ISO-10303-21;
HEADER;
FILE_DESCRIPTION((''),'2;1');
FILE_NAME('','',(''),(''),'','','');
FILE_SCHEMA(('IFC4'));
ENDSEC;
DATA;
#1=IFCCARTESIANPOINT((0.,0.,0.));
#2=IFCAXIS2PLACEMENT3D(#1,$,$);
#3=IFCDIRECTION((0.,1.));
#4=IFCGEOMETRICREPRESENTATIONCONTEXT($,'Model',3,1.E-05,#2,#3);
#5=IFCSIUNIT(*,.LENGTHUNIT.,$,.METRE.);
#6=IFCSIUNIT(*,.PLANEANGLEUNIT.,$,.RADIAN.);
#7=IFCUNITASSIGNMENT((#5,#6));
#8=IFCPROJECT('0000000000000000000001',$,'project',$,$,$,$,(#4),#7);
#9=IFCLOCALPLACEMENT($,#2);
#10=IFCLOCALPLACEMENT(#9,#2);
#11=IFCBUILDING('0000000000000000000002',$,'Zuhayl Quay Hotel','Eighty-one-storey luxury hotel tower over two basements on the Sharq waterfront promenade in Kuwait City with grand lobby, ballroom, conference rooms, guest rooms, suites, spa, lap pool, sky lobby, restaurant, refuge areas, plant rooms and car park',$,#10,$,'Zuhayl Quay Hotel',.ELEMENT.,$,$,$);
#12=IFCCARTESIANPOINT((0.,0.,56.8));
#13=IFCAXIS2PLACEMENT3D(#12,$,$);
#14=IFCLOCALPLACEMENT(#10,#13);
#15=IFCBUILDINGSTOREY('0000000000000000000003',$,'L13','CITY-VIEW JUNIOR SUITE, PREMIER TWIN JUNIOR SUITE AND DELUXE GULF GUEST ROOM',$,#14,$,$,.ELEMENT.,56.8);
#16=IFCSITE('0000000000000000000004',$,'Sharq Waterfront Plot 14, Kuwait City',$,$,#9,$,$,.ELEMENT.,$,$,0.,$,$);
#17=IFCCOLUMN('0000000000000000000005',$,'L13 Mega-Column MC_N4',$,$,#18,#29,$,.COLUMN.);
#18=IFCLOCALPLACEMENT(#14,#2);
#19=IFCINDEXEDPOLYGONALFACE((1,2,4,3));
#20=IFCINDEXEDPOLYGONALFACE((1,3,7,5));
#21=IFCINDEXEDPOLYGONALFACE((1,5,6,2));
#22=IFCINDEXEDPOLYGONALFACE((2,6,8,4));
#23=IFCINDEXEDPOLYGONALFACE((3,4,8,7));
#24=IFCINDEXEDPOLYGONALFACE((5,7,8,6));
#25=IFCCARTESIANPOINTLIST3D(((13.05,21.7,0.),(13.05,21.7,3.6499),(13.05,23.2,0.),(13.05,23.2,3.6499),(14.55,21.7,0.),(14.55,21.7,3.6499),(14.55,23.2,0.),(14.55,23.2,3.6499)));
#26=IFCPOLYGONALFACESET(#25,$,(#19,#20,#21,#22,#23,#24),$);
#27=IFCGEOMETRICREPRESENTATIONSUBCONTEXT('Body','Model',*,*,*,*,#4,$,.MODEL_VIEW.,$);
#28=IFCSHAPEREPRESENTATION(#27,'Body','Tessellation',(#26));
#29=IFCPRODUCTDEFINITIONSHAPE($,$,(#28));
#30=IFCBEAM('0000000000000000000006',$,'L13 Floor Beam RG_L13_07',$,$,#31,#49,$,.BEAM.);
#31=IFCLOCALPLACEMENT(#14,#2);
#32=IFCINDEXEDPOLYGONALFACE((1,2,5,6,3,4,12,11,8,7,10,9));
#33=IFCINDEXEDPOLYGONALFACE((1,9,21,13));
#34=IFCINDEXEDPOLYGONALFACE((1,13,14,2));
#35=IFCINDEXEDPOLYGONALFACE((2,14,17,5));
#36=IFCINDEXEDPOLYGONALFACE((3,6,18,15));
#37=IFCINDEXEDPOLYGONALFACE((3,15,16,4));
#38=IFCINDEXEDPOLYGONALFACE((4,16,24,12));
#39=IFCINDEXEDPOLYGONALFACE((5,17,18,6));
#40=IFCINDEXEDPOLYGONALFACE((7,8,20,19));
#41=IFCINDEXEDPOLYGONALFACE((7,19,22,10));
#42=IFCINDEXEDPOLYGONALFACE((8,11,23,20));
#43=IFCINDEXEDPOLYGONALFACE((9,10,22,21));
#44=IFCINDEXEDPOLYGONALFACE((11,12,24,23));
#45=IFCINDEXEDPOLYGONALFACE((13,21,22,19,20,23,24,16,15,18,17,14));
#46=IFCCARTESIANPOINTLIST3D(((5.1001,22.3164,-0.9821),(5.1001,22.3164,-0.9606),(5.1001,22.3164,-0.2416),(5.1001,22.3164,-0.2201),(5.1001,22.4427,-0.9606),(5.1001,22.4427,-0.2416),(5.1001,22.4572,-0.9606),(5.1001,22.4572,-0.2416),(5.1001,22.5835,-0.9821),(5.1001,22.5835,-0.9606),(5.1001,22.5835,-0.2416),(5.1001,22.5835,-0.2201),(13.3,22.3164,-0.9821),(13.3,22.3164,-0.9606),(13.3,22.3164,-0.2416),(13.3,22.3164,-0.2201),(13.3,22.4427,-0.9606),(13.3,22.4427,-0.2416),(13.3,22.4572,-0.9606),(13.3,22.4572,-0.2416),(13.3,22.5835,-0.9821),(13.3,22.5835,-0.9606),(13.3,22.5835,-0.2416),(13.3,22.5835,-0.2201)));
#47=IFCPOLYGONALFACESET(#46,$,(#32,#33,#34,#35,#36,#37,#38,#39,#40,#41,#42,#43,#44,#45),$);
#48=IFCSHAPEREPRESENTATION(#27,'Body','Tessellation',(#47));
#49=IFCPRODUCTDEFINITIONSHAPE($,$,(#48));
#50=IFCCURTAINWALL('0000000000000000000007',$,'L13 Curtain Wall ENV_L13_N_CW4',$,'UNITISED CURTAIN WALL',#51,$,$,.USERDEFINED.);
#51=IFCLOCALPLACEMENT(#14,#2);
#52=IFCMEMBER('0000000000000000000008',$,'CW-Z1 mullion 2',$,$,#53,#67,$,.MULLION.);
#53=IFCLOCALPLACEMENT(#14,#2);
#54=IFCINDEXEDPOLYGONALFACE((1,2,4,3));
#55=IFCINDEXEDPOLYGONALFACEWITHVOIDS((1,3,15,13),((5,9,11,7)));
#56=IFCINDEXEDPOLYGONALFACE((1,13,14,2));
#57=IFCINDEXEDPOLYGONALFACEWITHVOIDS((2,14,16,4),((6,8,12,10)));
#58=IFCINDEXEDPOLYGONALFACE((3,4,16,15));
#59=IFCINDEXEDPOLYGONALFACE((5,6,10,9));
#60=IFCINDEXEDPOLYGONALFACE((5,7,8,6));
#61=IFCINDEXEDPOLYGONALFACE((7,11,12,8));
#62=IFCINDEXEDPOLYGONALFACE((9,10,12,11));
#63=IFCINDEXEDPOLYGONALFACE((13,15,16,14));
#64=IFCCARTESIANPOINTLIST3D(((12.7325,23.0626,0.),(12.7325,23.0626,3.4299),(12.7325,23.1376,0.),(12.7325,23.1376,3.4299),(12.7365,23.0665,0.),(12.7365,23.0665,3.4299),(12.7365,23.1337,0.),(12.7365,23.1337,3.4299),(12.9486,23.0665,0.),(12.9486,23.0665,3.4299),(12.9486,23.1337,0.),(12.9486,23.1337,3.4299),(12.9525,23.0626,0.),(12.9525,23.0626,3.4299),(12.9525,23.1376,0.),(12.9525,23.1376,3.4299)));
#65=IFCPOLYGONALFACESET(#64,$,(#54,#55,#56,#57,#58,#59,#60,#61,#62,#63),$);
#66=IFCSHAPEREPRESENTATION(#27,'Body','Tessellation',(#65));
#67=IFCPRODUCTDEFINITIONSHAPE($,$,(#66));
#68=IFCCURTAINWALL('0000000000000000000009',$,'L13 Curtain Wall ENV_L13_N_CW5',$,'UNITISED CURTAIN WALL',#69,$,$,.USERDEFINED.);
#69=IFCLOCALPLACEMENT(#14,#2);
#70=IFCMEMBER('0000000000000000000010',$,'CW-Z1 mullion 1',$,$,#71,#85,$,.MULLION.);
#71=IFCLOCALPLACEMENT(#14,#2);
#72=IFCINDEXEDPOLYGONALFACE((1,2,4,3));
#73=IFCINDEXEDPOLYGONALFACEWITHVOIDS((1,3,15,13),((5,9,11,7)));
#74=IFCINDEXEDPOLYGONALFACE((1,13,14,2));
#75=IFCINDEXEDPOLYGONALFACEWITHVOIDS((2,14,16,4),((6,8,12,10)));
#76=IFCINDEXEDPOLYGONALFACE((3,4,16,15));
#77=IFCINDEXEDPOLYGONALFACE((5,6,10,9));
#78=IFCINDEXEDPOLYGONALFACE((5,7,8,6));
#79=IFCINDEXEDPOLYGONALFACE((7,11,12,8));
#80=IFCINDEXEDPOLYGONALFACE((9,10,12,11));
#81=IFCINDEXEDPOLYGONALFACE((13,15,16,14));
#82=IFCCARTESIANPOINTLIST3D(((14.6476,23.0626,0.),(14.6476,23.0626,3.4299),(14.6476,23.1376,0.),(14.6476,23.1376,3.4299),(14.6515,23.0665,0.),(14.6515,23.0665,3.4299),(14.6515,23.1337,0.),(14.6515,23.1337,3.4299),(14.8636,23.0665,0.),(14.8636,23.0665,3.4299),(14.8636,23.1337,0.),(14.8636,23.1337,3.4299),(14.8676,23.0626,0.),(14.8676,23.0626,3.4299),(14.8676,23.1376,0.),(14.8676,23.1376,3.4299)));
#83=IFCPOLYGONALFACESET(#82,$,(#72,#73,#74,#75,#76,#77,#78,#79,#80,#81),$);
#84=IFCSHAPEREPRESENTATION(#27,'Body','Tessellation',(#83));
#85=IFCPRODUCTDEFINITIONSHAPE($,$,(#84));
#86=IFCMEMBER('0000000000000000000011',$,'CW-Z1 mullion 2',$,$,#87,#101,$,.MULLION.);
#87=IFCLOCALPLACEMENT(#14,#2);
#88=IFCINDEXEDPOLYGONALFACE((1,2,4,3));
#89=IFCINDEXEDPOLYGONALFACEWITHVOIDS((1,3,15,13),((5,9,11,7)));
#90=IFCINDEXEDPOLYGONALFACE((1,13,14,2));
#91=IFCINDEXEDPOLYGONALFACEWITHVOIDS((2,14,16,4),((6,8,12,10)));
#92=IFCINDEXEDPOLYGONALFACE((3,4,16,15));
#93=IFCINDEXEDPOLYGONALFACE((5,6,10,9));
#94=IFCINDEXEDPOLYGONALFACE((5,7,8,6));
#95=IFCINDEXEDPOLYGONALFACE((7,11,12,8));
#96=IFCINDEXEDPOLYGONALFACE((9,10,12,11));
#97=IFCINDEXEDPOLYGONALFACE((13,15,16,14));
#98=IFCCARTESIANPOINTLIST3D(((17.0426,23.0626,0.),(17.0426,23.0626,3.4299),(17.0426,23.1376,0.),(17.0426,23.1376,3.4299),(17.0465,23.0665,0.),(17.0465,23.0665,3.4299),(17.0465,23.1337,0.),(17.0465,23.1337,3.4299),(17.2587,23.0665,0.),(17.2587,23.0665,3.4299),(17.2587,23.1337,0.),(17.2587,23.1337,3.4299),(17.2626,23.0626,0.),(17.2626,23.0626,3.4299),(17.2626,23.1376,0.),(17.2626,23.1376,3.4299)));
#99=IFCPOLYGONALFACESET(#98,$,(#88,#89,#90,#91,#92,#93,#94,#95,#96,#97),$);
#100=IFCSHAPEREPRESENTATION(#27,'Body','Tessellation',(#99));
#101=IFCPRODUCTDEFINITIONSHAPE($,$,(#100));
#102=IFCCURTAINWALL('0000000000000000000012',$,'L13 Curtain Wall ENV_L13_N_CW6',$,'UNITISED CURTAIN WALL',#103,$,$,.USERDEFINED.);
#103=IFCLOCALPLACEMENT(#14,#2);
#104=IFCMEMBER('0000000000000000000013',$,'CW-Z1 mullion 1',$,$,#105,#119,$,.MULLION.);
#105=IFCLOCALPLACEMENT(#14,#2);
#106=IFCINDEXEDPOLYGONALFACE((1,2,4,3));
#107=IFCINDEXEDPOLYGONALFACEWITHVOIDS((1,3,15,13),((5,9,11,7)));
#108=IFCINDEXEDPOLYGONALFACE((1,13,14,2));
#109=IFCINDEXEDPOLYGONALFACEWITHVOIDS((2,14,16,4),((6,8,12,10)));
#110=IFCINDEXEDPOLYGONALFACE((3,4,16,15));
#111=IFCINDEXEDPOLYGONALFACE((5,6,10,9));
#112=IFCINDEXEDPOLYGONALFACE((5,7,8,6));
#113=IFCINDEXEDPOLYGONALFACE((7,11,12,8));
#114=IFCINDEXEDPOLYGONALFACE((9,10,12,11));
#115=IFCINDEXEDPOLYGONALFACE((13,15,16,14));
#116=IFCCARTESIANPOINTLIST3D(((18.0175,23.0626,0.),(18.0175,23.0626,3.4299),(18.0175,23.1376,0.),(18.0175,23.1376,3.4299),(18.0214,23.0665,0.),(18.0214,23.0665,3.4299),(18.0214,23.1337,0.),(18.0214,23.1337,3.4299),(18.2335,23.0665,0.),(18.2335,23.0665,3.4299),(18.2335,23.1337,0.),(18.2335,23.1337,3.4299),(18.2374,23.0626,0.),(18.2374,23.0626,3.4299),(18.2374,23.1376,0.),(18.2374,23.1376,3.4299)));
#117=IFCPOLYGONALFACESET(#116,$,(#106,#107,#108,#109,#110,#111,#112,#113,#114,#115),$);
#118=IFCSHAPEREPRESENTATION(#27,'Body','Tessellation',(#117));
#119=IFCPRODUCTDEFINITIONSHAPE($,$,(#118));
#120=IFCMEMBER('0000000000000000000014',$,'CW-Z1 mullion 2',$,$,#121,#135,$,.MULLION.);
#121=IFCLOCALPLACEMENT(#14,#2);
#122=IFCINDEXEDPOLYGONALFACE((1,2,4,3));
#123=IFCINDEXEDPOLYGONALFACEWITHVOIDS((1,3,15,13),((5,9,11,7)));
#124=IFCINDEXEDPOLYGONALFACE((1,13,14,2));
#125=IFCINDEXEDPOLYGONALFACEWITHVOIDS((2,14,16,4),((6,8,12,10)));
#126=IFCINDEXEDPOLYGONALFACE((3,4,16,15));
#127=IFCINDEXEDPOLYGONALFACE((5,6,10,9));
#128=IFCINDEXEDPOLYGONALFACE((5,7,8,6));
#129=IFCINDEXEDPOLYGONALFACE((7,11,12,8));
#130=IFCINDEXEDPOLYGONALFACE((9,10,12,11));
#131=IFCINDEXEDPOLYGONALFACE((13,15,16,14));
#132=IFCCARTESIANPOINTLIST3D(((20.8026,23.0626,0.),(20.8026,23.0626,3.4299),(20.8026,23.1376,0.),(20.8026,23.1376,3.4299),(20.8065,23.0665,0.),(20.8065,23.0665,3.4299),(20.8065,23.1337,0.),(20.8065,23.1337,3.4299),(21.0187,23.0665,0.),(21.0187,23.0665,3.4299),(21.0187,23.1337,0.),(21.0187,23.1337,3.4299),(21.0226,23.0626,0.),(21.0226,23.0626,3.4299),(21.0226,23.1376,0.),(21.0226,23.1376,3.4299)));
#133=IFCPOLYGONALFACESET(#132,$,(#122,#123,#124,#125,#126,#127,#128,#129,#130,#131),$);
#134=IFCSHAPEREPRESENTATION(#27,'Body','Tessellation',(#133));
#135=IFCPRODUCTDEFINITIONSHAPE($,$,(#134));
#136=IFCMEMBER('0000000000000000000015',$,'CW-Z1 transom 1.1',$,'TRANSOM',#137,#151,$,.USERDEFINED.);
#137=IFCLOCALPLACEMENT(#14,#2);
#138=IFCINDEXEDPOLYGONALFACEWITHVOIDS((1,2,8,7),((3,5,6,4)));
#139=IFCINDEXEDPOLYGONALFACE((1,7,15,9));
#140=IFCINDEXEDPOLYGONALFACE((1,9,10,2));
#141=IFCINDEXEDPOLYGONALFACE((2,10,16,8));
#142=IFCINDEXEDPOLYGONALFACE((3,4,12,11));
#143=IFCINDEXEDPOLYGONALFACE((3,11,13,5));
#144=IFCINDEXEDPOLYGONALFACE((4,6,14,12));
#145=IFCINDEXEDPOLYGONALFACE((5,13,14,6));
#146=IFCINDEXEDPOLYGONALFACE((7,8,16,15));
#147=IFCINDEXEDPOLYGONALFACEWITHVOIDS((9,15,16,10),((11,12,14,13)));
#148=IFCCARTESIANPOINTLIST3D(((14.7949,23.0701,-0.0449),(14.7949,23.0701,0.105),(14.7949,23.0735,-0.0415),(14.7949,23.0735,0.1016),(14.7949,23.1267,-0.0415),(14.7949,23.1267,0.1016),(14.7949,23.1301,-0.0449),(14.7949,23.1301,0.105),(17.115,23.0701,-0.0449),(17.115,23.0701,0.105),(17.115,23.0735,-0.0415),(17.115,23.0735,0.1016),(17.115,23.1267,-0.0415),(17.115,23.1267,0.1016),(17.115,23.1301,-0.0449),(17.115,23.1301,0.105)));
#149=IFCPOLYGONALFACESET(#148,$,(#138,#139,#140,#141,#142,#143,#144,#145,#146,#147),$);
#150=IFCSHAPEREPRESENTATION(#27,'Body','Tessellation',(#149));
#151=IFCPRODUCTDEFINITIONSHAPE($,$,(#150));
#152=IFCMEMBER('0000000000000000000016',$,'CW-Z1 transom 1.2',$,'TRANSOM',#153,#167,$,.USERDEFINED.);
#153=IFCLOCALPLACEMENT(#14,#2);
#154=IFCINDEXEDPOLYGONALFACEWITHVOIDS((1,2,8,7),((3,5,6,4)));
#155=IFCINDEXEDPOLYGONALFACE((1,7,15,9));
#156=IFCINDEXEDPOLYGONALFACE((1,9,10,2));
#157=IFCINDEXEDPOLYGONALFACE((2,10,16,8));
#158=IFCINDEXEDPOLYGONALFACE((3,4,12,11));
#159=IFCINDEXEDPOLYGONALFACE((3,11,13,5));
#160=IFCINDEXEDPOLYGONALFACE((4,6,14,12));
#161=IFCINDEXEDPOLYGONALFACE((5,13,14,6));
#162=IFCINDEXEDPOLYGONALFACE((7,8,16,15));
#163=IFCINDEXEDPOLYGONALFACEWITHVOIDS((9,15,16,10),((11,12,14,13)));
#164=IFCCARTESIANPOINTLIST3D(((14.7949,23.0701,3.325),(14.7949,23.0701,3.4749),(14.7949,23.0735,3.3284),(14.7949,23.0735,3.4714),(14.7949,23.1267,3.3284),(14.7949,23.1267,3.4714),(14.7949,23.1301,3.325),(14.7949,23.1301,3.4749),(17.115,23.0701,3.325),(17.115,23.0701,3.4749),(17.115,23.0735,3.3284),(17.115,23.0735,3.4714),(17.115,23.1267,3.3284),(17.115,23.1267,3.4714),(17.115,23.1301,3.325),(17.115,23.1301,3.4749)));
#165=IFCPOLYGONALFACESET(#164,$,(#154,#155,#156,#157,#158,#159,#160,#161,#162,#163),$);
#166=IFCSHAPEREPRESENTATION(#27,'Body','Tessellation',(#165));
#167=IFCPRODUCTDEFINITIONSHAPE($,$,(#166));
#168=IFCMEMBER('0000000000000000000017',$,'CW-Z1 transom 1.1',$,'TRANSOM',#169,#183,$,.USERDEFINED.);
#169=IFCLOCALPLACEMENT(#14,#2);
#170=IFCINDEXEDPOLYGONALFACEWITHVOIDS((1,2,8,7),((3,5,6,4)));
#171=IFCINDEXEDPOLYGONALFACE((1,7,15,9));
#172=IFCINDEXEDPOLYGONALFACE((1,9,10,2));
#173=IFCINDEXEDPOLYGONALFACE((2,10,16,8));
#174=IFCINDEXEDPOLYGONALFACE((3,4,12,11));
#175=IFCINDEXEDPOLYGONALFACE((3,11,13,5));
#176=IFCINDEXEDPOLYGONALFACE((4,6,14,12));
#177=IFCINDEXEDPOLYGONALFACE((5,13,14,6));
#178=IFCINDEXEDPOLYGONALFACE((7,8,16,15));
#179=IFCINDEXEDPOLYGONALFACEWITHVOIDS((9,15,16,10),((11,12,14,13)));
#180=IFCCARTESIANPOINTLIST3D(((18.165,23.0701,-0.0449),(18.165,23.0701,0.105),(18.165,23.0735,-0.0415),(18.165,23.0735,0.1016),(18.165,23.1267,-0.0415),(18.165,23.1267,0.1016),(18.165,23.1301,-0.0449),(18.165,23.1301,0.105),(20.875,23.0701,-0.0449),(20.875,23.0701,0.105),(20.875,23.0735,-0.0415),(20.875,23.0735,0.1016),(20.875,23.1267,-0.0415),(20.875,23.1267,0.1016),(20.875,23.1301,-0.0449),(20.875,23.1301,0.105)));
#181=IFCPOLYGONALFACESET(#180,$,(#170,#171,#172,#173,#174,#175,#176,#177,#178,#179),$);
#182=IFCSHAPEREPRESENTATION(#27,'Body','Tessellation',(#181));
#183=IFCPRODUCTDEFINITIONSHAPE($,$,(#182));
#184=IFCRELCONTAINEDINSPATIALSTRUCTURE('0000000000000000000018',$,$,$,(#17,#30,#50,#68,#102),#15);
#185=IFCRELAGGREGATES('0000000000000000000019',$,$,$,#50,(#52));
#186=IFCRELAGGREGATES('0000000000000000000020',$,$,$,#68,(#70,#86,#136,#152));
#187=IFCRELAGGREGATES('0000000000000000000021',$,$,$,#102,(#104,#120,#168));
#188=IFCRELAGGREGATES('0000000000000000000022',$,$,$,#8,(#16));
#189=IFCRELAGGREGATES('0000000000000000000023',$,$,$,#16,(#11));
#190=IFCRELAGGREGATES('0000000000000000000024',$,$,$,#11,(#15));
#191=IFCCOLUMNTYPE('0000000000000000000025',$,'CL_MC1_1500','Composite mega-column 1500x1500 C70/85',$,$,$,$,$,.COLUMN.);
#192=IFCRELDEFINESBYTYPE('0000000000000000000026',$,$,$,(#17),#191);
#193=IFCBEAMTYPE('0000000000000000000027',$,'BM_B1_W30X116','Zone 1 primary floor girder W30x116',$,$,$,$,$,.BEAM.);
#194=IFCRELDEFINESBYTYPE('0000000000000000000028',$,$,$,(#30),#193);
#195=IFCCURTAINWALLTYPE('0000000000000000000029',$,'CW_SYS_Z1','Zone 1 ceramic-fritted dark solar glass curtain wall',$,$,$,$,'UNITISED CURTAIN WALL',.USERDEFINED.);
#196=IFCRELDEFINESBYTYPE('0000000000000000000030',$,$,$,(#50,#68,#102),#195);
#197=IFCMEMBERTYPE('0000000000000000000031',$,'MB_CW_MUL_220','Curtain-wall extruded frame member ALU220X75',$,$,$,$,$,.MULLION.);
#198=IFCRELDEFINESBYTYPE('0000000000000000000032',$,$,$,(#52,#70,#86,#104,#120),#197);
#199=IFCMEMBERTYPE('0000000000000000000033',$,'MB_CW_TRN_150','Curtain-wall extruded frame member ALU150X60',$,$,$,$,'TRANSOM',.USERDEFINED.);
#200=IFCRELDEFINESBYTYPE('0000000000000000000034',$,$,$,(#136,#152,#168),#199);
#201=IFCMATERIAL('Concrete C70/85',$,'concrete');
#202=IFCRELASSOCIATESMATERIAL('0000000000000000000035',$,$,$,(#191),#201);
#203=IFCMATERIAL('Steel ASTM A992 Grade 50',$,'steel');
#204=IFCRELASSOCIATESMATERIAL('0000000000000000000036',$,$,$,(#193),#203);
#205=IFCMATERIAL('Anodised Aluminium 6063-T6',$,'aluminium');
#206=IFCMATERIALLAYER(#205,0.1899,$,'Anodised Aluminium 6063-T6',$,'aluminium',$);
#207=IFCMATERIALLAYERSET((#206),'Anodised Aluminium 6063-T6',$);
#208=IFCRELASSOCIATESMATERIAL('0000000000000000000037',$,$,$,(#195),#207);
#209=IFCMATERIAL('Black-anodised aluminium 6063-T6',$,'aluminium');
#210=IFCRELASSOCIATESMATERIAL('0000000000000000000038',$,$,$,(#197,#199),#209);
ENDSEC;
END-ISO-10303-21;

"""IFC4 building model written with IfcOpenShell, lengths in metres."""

from ifc_helpers import new_model, si_unit, direction, frame, origin, origin_2d, place, context, subcontext, project, spatial, rectangle, hollow_rectangle, i_section, extrude, material, layer, layer_set, material_profile, profile_set, type_object, element, aggregate, save


model = new_model("IFC4")

# Units and contexts
model_context = context("Model", 3, precision=1e-05, world=origin(), true_north=direction((0.0, 1.0)))
body_context = subcontext(model_context, "Body", "Model", "MODEL_VIEW")
ifc_project = project(units=[si_unit("LENGTHUNIT", "METRE"), si_unit("PLANEANGLEUNIT", "RADIAN")], contexts=[model_context])

# Site, building, storey
site_placement = place(None, origin())
site = spatial("IfcSite", under=ifc_project, at=site_placement, Name="Sharq Waterfront Plot 14, Kuwait City", CompositionType="ELEMENT", RefElevation=0.0)
building_placement = place(site_placement, origin())
building = spatial("IfcBuilding", under=site, at=building_placement, Name="Zuhayl Quay Hotel", Description="Eighty-one-storey luxury hotel tower over two basements on the Sharq waterfront promenade in Kuwait City with grand lobby, ballroom, conference rooms, guest rooms, suites, spa, lap pool, sky lobby, restaurant, refuge areas, plant rooms and car park", LongName="Zuhayl Quay Hotel", CompositionType="ELEMENT")
storey_placement = place(building_placement, frame((0.0, 0.0, 56.8)))
storey = spatial("IfcBuildingStorey", under=building, at=storey_placement, Name="L13", Description="CITY-VIEW JUNIOR SUITE, PREMIER TWIN JUNIOR SUITE AND DELUXE GULF GUEST ROOM", CompositionType="ELEMENT", Elevation=56.8)

# Column
ifc_material_1 = material(Name="Concrete C70/85", Category="concrete")
ifc_material_profile_1 = material_profile(ifc_material_1, rectangle(XDim=1.5, YDim=1.5, at=origin_2d()), Name="RC1500X1500")
ifc_profile_set_1 = profile_set([ifc_material_profile_1], Name="Concrete C70/85")
column_type = type_object("IfcColumnType", Name="CL_MC1_1500", Description="Composite mega-column 1500x1500 C70/85", PredefinedType="COLUMN", material=ifc_profile_set_1)
column_placement = place(storey_placement, frame((13.8, 22.45, 0.0), z_axis=(0.0, 0.0, 1.0), x_axis=(1.0, 0.0, 0.0)))
element("IfcColumn", 1, at=column_placement, inside=storey, type_object=column_type, Name="L13 Mega-Column MC_N4", PredefinedType="COLUMN", context=body_context, shape_type="SweptSolid", body=[
    extrude(rectangle(XDim=1.5, YDim=1.5, at=origin_2d()), origin(), (0.0, 0.0, 1.0), 3.6499),
])

# Beam
ifc_material_2 = material(Name="Steel ASTM A992 Grade 50", Category="steel")
ifc_material_profile_2 = material_profile(ifc_material_2, i_section(OverallWidth=0.2671, OverallDepth=0.762, WebThickness=0.0144, FlangeThickness=0.0215, at=origin_2d()), Name="W30X116")
ifc_profile_set_2 = profile_set([ifc_material_profile_2], Name="Steel ASTM A992 Grade 50")
beam_type = type_object("IfcBeamType", Name="BM_B1_W30X116", Description="Zone 1 primary floor girder W30x116", PredefinedType="BEAM", material=ifc_profile_set_2)
beam_placement = place(storey_placement, frame((13.3, 22.45, -0.6011), z_axis=(-1.0, 0.0, 0.0), x_axis=(0.0, -1.0, 0.0)))
element("IfcBeam", 2, at=beam_placement, inside=storey, type_object=beam_type, Name="L13 Floor Beam RG_L13_07", PredefinedType="BEAM", context=body_context, shape_type="SweptSolid", body=[
    extrude(i_section(OverallWidth=0.2671, OverallDepth=0.762, WebThickness=0.0144, FlangeThickness=0.0215, at=origin_2d()), origin(), (0.0, 0.0, 1.0), 8.2),
])

# Curtain wall, member
ifc_material_3 = material(Name="Anodised Aluminium 6063-T6", Category="aluminium")
ifc_layer_1 = layer(ifc_material_3, 0.1899, Name="Anodised Aluminium 6063-T6", Category="aluminium")
ifc_layer_set_1 = layer_set([ifc_layer_1], Name="Anodised Aluminium 6063-T6")
curtain_wall_type = type_object("IfcCurtainWallType", Name="CW_SYS_Z1", Description="Zone 1 ceramic-fritted dark solar glass curtain wall", ElementType="UNITISED CURTAIN WALL", PredefinedType="USERDEFINED", material=ifc_layer_set_1)
curtain_wall_1_placement = place(storey_placement, origin())
curtain_wall_1 = element("IfcCurtainWall", 3, at=curtain_wall_1_placement, inside=storey, type_object=curtain_wall_type, Name="L13 Curtain Wall ENV_L13_N_CW4", ObjectType="UNITISED CURTAIN WALL", PredefinedType="USERDEFINED")
ifc_material_4 = material(Name="Black-anodised aluminium 6063-T6", Category="aluminium")
ifc_material_profile_3 = material_profile(ifc_material_4, hollow_rectangle(XDim=0.075, YDim=0.22, WallThickness=0.0039, at=origin_2d()), Name="ALU220X75")
ifc_profile_set_3 = profile_set([ifc_material_profile_3], Name="Black-anodised aluminium 6063-T6")
member_type_1 = type_object("IfcMemberType", Name="MB_CW_MUL_220", Description="Curtain-wall extruded frame member ALU220X75", PredefinedType="MULLION", material=ifc_profile_set_3)
member_1_placement = place(storey_placement, frame((12.8425, 23.1001, 0.0), z_axis=(0.0, 0.0, 1.0), x_axis=(0.0, 1.0, 0.0)))
member_1 = element("IfcMember", 4, at=member_1_placement, type_object=member_type_1, Name="CW-Z1 mullion 2", PredefinedType="MULLION", context=body_context, shape_type="SweptSolid", body=[
    extrude(hollow_rectangle(XDim=0.075, YDim=0.22, WallThickness=0.0039, at=origin_2d()), origin(), (0.0, 0.0, 1.0), 3.4299),
])
aggregate(curtain_wall_1, [member_1])

# Curtain walls, members
curtain_wall_2_placement = place(storey_placement, origin())
curtain_wall_2 = element("IfcCurtainWall", 5, at=curtain_wall_2_placement, inside=storey, type_object=curtain_wall_type, Name="L13 Curtain Wall ENV_L13_N_CW5", ObjectType="UNITISED CURTAIN WALL", PredefinedType="USERDEFINED")
member_2_placement = place(storey_placement, frame((14.7576, 23.1001, 0.0), z_axis=(0.0, 0.0, 1.0), x_axis=(0.0, 1.0, 0.0)))
member_2 = element("IfcMember", 6, at=member_2_placement, type_object=member_type_1, Name="CW-Z1 mullion 1", PredefinedType="MULLION", context=body_context, shape_type="SweptSolid", body=[
    extrude(hollow_rectangle(XDim=0.075, YDim=0.22, WallThickness=0.0039, at=origin_2d()), origin(), (0.0, 0.0, 1.0), 3.4299),
])
member_3_placement = place(storey_placement, frame((17.1526, 23.1001, 0.0), z_axis=(0.0, 0.0, 1.0), x_axis=(0.0, 1.0, 0.0)))
member_3 = element("IfcMember", 7, at=member_3_placement, type_object=member_type_1, Name="CW-Z1 mullion 2", PredefinedType="MULLION", context=body_context, shape_type="SweptSolid", body=[
    extrude(hollow_rectangle(XDim=0.075, YDim=0.22, WallThickness=0.0039, at=origin_2d()), origin(), (0.0, 0.0, 1.0), 3.4299),
])
curtain_wall_3_placement = place(storey_placement, origin())
curtain_wall_3 = element("IfcCurtainWall", 8, at=curtain_wall_3_placement, inside=storey, type_object=curtain_wall_type, Name="L13 Curtain Wall ENV_L13_N_CW6", ObjectType="UNITISED CURTAIN WALL", PredefinedType="USERDEFINED")
member_4_placement = place(storey_placement, frame((18.1274, 23.1001, 0.0), z_axis=(0.0, 0.0, 1.0), x_axis=(0.0, 1.0, 0.0)))
member_4 = element("IfcMember", 9, at=member_4_placement, type_object=member_type_1, Name="CW-Z1 mullion 1", PredefinedType="MULLION", context=body_context, shape_type="SweptSolid", body=[
    extrude(hollow_rectangle(XDim=0.075, YDim=0.22, WallThickness=0.0039, at=origin_2d()), origin(), (0.0, 0.0, 1.0), 3.4299),
])
member_5_placement = place(storey_placement, frame((20.9126, 23.1001, 0.0), z_axis=(0.0, 0.0, 1.0), x_axis=(0.0, 1.0, 0.0)))
member_5 = element("IfcMember", 10, at=member_5_placement, type_object=member_type_1, Name="CW-Z1 mullion 2", PredefinedType="MULLION", context=body_context, shape_type="SweptSolid", body=[
    extrude(hollow_rectangle(XDim=0.075, YDim=0.22, WallThickness=0.0039, at=origin_2d()), origin(), (0.0, 0.0, 1.0), 3.4299),
])

# Members
ifc_material_profile_4 = material_profile(ifc_material_4, hollow_rectangle(XDim=0.0601, YDim=0.1499, WallThickness=0.0034, at=origin_2d()), Name="ALU150X60")
ifc_profile_set_4 = profile_set([ifc_material_profile_4], Name="Black-anodised aluminium 6063-T6")
member_type_2 = type_object("IfcMemberType", Name="MB_CW_TRN_150", Description="Curtain-wall extruded frame member ALU150X60", ElementType="TRANSOM", PredefinedType="USERDEFINED", material=ifc_profile_set_4)
member_6_placement = place(storey_placement, frame((14.7949, 23.1001, 0.03), z_axis=(1.0, 0.0, 0.0), x_axis=(0.0, 1.0, 0.0)))
member_6 = element("IfcMember", 11, at=member_6_placement, type_object=member_type_2, Name="CW-Z1 transom 1.1", ObjectType="TRANSOM", PredefinedType="USERDEFINED", context=body_context, shape_type="SweptSolid", body=[
    extrude(hollow_rectangle(XDim=0.0601, YDim=0.1499, WallThickness=0.0034, at=origin_2d()), origin(), (0.0, 0.0, 1.0), 2.3201),
])
member_7_placement = place(storey_placement, frame((14.7949, 23.1001, 3.3999), z_axis=(1.0, 0.0, 0.0), x_axis=(0.0, 1.0, 0.0)))
member_7 = element("IfcMember", 12, at=member_7_placement, type_object=member_type_2, Name="CW-Z1 transom 1.2", ObjectType="TRANSOM", PredefinedType="USERDEFINED", context=body_context, shape_type="SweptSolid", body=[
    extrude(hollow_rectangle(XDim=0.0601, YDim=0.1499, WallThickness=0.0034, at=origin_2d()), origin(), (0.0, 0.0, 1.0), 2.3201),
])
member_8_placement = place(storey_placement, frame((18.165, 23.1001, 0.03), z_axis=(1.0, 0.0, 0.0), x_axis=(0.0, 1.0, 0.0)))
member_8 = element("IfcMember", 13, at=member_8_placement, type_object=member_type_2, Name="CW-Z1 transom 1.1", ObjectType="TRANSOM", PredefinedType="USERDEFINED", context=body_context, shape_type="SweptSolid", body=[
    extrude(hollow_rectangle(XDim=0.0601, YDim=0.1499, WallThickness=0.0034, at=origin_2d()), origin(), (0.0, 0.0, 1.0), 2.71),
])

aggregate(curtain_wall_2, [member_2, member_3, member_6, member_7])
aggregate(curtain_wall_3, [member_4, member_5, member_8])

save(model, "model.ifc")
